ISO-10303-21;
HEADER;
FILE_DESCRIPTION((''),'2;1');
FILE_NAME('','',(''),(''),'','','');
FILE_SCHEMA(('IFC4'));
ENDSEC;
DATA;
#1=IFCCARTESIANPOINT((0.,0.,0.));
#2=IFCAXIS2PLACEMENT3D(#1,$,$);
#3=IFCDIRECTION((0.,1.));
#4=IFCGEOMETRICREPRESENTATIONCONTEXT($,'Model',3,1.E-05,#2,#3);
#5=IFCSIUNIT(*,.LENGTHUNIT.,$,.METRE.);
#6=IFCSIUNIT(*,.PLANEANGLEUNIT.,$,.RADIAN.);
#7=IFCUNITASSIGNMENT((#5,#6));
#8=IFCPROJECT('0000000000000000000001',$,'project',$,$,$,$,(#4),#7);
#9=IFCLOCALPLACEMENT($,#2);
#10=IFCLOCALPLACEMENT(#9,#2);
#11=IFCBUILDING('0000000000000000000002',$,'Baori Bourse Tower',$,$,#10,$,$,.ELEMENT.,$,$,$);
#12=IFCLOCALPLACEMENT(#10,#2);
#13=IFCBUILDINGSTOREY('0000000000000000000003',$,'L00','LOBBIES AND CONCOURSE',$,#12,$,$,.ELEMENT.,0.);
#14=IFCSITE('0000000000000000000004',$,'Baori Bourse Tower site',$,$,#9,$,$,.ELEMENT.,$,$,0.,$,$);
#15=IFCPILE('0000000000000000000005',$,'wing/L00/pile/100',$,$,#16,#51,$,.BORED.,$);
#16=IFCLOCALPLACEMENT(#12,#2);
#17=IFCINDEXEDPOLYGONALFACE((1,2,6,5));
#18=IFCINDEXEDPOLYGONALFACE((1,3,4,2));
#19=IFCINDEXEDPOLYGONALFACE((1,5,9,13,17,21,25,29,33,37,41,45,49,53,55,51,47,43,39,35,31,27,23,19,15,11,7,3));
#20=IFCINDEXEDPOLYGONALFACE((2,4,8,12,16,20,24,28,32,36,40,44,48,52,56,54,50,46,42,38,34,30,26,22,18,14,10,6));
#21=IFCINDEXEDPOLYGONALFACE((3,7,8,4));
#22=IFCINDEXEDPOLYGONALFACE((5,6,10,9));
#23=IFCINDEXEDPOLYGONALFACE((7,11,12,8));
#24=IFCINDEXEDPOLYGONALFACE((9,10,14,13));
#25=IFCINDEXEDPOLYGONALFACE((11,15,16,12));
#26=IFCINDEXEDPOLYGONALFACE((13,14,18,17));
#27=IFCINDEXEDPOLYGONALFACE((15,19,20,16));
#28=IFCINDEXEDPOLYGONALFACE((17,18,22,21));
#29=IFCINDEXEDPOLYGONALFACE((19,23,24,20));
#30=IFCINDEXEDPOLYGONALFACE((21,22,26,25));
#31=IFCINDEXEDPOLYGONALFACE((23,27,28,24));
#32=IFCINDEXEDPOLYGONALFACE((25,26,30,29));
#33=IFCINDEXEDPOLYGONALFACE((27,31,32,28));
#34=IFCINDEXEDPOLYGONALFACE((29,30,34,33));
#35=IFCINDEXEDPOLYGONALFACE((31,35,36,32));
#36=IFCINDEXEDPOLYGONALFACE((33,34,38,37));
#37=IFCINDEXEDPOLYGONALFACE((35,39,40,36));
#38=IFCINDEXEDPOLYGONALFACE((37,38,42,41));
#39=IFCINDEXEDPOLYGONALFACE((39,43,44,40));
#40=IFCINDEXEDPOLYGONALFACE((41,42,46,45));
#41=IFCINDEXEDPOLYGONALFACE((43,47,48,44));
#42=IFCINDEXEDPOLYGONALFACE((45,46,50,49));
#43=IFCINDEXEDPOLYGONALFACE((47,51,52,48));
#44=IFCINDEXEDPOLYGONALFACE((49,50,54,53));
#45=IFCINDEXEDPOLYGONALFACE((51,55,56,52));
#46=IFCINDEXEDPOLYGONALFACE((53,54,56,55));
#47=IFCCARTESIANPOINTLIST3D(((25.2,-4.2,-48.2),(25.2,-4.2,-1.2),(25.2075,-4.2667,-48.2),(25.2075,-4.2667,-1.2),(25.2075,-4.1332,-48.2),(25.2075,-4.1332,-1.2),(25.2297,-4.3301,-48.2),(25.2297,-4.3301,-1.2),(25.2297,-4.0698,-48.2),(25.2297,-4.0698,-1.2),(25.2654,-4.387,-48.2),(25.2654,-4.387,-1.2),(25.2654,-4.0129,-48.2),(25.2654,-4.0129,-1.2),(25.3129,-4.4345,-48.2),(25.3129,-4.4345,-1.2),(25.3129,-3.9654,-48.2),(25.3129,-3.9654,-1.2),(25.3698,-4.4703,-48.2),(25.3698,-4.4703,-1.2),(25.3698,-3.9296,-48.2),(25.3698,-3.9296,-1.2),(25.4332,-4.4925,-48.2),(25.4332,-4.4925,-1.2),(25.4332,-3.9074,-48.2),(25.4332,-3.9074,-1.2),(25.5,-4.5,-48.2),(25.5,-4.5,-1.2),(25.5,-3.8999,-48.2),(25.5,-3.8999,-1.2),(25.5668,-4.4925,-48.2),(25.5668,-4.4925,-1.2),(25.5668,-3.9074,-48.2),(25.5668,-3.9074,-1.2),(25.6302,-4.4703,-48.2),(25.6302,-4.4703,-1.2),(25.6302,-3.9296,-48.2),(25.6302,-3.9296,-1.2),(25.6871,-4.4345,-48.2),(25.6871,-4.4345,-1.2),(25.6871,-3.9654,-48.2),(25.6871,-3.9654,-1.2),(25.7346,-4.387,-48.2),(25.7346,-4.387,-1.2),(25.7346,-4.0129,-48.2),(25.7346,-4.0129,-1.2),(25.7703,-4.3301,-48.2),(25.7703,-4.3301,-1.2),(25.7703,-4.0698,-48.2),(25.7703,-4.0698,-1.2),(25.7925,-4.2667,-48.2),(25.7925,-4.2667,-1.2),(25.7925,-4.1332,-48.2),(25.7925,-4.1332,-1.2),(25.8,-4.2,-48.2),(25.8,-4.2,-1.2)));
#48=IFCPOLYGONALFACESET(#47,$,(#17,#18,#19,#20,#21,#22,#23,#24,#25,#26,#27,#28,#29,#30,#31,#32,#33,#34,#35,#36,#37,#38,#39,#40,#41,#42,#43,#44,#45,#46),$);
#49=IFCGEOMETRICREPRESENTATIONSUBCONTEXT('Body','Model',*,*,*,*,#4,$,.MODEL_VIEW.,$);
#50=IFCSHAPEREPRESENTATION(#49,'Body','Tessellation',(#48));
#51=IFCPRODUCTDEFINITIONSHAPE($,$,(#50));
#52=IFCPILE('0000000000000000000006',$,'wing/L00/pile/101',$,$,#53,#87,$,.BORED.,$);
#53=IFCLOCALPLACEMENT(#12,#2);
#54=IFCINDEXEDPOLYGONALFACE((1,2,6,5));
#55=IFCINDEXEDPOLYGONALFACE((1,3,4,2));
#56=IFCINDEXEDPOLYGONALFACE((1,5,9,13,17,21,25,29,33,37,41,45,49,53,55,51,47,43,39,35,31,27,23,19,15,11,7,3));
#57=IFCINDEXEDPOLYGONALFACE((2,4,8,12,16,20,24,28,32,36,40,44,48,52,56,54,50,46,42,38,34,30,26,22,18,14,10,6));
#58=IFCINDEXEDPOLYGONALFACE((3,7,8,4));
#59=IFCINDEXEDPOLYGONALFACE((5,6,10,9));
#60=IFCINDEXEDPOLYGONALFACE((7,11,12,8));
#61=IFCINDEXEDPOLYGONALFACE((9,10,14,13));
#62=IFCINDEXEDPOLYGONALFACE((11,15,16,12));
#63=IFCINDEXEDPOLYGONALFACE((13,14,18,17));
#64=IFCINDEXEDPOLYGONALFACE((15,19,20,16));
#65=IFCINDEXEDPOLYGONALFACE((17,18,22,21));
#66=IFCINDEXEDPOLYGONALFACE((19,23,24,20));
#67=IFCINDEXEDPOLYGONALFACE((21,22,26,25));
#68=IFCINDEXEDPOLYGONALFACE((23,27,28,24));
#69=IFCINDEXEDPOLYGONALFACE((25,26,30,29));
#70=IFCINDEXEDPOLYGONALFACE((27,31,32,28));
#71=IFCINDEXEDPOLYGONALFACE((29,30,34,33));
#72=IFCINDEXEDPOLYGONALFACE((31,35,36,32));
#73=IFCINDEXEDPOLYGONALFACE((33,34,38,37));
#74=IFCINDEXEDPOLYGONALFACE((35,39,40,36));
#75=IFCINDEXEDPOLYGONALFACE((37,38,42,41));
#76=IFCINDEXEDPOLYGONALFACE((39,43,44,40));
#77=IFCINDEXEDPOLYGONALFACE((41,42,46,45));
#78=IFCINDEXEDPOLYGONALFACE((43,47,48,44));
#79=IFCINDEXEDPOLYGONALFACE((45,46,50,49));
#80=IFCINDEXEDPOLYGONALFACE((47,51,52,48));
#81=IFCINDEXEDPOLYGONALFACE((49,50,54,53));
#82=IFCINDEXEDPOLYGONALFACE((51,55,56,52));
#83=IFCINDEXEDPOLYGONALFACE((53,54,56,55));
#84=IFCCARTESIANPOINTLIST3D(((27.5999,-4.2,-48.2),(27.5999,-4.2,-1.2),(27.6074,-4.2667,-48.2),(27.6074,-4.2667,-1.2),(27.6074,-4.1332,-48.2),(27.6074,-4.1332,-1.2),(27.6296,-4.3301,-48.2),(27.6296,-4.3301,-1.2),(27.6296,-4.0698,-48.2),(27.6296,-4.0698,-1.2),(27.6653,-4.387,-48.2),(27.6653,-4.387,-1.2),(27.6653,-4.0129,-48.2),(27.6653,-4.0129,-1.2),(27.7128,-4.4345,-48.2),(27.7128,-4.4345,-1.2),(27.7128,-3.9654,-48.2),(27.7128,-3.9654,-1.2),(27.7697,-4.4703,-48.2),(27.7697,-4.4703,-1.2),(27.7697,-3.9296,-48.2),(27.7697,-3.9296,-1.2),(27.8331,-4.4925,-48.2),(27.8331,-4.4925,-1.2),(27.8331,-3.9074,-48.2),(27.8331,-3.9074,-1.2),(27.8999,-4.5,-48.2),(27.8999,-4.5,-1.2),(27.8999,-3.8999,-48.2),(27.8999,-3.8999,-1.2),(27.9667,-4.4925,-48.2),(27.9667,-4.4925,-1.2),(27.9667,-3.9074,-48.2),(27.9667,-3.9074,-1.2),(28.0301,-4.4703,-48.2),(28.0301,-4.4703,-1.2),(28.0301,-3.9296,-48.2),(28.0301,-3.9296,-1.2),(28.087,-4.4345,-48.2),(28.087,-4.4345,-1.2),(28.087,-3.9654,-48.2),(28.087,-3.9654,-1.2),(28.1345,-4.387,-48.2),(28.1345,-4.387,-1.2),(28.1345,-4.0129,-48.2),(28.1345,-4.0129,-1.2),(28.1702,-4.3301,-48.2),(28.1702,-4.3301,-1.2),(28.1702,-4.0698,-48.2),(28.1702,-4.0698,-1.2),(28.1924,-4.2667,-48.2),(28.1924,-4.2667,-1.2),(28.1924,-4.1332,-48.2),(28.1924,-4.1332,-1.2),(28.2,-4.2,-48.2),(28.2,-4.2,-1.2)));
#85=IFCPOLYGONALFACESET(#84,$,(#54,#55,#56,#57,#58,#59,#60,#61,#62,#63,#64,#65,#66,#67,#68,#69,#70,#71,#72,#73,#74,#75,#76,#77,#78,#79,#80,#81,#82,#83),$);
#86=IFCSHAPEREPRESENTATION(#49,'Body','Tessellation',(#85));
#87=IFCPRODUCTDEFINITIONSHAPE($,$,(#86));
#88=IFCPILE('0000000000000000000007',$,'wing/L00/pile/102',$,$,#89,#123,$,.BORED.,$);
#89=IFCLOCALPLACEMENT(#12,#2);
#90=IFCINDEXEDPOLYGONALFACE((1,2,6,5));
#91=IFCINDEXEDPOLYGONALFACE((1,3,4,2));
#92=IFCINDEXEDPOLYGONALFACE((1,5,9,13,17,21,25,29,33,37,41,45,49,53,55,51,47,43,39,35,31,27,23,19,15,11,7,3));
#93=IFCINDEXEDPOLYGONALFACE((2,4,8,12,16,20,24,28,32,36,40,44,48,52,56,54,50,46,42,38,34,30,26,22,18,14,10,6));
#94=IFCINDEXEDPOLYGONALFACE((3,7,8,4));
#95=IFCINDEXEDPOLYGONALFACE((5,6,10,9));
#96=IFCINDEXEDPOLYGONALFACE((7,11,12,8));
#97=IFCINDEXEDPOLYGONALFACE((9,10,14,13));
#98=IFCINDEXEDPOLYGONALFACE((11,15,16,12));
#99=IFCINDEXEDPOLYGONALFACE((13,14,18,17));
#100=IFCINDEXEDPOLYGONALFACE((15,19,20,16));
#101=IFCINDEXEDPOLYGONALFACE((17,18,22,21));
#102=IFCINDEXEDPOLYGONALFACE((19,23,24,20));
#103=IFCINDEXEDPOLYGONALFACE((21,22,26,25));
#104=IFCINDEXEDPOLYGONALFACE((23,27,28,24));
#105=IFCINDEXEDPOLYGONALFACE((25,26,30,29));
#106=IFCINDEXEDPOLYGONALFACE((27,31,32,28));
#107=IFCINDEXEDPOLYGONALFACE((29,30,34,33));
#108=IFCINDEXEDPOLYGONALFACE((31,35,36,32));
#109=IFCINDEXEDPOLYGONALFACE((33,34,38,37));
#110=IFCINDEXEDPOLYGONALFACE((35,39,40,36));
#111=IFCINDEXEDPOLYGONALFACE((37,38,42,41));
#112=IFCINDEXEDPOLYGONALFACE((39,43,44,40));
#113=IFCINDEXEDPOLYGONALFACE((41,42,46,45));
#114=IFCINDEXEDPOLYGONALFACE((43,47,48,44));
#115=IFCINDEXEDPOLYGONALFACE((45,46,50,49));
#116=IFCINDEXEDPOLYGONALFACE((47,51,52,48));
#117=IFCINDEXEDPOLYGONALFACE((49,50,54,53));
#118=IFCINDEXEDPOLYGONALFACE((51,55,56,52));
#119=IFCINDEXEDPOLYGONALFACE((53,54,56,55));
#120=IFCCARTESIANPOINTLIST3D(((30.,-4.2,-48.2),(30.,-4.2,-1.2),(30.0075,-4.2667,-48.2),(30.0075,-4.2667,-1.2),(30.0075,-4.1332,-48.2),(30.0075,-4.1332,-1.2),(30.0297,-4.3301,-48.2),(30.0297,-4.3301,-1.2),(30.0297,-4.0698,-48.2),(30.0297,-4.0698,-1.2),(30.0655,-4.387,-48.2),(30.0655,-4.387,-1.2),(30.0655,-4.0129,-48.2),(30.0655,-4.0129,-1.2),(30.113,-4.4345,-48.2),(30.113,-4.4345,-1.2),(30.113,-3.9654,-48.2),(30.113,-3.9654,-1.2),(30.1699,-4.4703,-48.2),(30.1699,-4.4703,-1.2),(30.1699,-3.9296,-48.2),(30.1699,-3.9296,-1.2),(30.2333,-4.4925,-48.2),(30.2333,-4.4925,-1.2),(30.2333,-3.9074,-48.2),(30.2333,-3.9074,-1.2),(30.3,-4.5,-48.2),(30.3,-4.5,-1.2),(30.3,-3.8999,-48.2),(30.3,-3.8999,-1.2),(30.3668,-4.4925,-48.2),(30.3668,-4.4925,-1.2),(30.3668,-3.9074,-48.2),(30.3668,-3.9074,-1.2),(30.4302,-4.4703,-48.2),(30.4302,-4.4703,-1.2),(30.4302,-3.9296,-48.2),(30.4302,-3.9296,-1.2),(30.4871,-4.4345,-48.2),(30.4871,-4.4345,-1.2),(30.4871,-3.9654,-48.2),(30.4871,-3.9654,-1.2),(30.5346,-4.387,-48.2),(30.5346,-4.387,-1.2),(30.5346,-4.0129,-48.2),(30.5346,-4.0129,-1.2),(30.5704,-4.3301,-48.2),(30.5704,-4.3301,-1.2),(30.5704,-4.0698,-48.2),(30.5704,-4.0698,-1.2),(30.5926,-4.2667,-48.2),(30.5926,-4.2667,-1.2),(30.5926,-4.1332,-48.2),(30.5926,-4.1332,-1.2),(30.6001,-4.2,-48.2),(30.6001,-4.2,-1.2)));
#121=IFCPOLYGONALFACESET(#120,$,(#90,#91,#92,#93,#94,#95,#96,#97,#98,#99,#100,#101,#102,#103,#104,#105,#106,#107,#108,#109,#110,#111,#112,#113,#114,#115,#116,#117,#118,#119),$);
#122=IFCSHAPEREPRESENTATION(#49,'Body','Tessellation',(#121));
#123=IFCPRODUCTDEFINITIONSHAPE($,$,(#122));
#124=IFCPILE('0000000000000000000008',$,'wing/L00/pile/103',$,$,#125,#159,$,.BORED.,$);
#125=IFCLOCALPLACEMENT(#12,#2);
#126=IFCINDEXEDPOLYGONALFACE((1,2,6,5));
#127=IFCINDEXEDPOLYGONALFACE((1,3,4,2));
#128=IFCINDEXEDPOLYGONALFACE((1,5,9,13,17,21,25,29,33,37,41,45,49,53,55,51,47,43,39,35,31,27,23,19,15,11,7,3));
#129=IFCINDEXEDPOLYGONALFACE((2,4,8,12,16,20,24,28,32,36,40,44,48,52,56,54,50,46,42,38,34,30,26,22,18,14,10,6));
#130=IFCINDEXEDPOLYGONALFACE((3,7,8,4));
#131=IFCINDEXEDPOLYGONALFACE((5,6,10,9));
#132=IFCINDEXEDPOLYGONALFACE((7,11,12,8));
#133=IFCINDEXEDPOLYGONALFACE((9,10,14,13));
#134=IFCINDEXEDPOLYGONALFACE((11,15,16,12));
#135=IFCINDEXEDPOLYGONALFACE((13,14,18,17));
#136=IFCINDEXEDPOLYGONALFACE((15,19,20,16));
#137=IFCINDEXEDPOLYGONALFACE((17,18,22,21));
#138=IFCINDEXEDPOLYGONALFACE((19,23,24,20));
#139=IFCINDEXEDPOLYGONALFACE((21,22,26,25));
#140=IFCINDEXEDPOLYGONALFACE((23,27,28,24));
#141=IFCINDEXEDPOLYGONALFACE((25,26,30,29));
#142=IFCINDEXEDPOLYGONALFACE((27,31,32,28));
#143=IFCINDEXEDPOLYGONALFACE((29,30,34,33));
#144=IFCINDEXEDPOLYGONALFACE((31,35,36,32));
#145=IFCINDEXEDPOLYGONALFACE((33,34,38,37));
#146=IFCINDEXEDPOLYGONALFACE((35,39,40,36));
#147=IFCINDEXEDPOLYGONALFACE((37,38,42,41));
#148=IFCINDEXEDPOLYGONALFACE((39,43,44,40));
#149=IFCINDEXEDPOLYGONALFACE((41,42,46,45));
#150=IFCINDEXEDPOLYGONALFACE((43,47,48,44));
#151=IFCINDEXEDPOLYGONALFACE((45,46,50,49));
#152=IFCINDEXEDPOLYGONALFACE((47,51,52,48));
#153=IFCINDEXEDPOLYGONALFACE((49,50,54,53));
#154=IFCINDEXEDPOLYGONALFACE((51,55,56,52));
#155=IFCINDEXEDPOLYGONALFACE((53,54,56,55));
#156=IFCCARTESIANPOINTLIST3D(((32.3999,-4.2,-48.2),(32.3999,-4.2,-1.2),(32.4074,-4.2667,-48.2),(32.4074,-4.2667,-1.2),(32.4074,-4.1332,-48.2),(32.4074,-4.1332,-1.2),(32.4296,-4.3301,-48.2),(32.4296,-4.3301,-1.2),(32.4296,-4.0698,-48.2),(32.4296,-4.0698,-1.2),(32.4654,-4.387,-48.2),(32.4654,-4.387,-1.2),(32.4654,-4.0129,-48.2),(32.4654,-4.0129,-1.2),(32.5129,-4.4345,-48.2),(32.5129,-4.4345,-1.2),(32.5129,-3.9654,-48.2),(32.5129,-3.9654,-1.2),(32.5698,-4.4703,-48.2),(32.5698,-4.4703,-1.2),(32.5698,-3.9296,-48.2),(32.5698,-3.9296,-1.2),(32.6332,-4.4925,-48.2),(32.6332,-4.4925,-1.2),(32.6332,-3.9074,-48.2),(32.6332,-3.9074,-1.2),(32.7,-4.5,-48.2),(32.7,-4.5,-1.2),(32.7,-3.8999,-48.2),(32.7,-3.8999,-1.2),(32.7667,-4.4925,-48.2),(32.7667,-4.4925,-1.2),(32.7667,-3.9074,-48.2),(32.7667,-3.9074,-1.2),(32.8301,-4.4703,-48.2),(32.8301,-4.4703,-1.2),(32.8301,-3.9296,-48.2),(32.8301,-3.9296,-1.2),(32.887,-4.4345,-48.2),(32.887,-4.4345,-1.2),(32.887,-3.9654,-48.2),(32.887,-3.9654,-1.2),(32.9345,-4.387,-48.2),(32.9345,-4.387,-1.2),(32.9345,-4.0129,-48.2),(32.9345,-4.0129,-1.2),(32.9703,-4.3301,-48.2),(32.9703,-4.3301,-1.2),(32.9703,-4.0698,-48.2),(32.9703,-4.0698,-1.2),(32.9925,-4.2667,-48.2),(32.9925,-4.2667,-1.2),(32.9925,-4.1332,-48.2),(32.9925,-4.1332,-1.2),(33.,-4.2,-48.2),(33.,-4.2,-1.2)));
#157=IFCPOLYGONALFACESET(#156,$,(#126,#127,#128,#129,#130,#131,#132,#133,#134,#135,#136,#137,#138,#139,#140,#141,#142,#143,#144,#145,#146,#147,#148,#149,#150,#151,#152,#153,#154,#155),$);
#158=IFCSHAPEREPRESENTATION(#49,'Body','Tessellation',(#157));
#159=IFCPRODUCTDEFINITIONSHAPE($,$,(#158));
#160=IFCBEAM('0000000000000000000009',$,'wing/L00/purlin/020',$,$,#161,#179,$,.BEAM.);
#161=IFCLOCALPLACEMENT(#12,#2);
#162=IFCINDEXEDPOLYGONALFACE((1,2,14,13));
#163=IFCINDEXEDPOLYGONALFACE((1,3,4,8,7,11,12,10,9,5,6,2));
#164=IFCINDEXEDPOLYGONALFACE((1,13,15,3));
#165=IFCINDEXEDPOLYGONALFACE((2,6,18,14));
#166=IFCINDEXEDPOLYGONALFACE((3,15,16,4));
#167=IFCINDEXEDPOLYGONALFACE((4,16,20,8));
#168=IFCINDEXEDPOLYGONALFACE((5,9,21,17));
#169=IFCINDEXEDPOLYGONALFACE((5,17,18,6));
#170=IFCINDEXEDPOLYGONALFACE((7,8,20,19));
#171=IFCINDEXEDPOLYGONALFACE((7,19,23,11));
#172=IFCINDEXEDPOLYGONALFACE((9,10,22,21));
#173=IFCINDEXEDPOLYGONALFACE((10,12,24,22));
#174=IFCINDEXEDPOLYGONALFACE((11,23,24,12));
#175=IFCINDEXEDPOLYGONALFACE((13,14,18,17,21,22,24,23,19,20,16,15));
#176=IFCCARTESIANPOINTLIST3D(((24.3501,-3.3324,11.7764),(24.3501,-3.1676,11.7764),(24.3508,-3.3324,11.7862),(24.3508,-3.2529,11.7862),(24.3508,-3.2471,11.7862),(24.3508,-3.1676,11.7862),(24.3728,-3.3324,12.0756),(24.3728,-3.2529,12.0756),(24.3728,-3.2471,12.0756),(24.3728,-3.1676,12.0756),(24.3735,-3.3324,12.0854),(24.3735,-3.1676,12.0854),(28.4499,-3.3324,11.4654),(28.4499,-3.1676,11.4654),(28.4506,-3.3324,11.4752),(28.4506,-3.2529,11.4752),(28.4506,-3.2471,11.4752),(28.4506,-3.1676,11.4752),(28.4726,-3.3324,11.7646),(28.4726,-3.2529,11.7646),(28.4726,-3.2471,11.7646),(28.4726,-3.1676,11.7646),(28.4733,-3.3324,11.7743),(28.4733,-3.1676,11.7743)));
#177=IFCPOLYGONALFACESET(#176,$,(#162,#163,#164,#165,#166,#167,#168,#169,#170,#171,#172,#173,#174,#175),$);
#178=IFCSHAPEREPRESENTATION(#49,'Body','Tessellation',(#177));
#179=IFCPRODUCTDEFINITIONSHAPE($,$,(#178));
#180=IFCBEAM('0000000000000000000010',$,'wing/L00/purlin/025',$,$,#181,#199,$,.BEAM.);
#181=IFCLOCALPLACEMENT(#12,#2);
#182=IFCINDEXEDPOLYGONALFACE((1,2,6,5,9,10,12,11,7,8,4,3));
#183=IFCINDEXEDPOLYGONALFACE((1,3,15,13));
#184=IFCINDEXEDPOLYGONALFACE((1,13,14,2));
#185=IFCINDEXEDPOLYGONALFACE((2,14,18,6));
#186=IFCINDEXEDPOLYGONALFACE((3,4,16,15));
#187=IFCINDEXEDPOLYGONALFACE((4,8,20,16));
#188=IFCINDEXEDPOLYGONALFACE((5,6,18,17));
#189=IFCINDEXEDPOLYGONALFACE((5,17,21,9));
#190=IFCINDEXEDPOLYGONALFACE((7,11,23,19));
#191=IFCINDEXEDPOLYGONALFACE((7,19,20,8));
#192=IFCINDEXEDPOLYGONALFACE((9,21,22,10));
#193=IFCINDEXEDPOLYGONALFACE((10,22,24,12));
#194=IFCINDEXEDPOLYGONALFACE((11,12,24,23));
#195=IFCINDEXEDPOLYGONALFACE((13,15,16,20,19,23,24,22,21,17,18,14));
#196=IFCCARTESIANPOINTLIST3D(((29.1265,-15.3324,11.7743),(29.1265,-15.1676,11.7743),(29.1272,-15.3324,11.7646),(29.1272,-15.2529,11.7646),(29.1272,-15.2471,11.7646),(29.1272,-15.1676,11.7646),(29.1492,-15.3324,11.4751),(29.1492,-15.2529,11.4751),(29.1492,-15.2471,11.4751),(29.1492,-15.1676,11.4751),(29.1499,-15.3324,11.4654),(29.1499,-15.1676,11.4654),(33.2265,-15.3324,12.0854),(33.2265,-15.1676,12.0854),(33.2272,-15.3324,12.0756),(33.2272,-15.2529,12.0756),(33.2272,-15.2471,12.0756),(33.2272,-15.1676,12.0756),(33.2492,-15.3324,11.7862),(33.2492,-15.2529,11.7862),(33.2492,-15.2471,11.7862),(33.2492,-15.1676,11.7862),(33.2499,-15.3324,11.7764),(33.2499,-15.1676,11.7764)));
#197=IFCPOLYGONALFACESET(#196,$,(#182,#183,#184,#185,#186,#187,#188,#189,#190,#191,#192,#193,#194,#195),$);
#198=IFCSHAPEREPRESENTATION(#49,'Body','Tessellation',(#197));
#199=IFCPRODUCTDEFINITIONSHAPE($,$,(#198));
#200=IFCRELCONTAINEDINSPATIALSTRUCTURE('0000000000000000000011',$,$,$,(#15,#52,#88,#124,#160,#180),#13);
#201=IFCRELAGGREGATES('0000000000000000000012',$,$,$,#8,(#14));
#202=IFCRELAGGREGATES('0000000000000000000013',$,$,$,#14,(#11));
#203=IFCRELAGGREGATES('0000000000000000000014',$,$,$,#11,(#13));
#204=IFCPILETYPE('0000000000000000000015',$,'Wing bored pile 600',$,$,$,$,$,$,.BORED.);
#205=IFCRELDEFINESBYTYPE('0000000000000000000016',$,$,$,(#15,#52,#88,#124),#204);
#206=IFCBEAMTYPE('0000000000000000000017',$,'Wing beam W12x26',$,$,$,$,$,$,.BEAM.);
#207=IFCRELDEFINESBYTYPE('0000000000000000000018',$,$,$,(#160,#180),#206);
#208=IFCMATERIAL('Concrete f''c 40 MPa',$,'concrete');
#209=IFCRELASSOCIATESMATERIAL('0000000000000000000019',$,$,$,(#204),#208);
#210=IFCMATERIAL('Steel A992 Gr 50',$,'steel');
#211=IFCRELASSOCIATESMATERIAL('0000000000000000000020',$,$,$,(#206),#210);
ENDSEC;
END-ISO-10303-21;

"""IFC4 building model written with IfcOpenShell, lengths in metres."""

from ifc_helpers import new_model, si_unit, direction, frame, origin, origin_2d, place, context, subcontext, project, spatial, circle, i_section, extrude, material, material_profile, profile_set, type_object, element, save


model = new_model("IFC4")

# Units and contexts
model_context = context("Model", 3, precision=1e-05, world=origin(), true_north=direction((0.0, 1.0)))
body_context = subcontext(model_context, "Body", "Model", "MODEL_VIEW")
ifc_project = project(units=[si_unit("LENGTHUNIT", "METRE"), si_unit("PLANEANGLEUNIT", "RADIAN")], contexts=[model_context])

# Site, building, storey
site_placement = place(None, origin())
site = spatial("IfcSite", under=ifc_project, at=site_placement, Name="Baori Bourse Tower site", CompositionType="ELEMENT", RefElevation=0.0)
building_placement = place(site_placement, origin())
building = spatial("IfcBuilding", under=site, at=building_placement, Name="Baori Bourse Tower", CompositionType="ELEMENT")
storey_placement = place(building_placement, origin())
storey = spatial("IfcBuildingStorey", under=building, at=storey_placement, Name="L00", Description="LOBBIES AND CONCOURSE", CompositionType="ELEMENT", Elevation=0.0)

# Piles
ifc_material_1 = material(Name="Concrete f'c 40 MPa", Category="concrete")
ifc_material_profile_1 = material_profile(ifc_material_1, circle(Radius=0.3, at=origin_2d()), Name="Wing bored pile 600")
ifc_profile_set_1 = profile_set([ifc_material_profile_1], Name="Concrete f'c 40 MPa")
pile_type = type_object("IfcPileType", Name="Wing bored pile 600", PredefinedType="BORED", material=ifc_profile_set_1)
for number, where, z_axis, x_axis, name in (
    (1, (25.5, -4.2, -1.2), (0.0, 0.0, -1.0), (1.0, 0.0, 0.0), "wing/L00/pile/100"),
    (2, (27.8999, -4.2, -1.2), (0.0, 0.0, -1.0), (1.0, 0.0, 0.0), "wing/L00/pile/101"),
    (3, (30.3, -4.2, -1.2), (0.0, 0.0, -1.0), (1.0, 0.0, 0.0), "wing/L00/pile/102"),
    (4, (32.7, -4.2, -1.2), (0.0, 0.0, -1.0), (1.0, 0.0, 0.0), "wing/L00/pile/103"),
):
    element("IfcPile", number, at=place(storey_placement, frame(where, z_axis=z_axis, x_axis=x_axis)), inside=storey, type_object=pile_type, Name=name, PredefinedType="BORED", context=body_context, shape_type="SweptSolid", body=[
        extrude(circle(Radius=0.3, at=origin_2d()), origin(), (0.0, 0.0, 1.0), 47.0),
    ])

# Beams
ifc_material_2 = material(Name="Steel A992 Gr 50", Category="steel")
ifc_material_profile_2 = material_profile(ifc_material_2, i_section(OverallWidth=0.1648, OverallDepth=0.3098, WebThickness=0.0059, FlangeThickness=0.0098, at=origin_2d()), Name="W12x26")
ifc_profile_set_2 = profile_set([ifc_material_profile_2], Name="Steel A992 Gr 50")
beam_type = type_object("IfcBeamType", Name="Wing beam W12x26", PredefinedType="BEAM", material=ifc_profile_set_2)
beam_placement = place(storey_placement, frame((24.3618, -3.25, 11.9309), z_axis=(0.997135, 0.0, -0.075648), x_axis=(0.0, 1.0, 0.0)))
element("IfcBeam", 5, at=beam_placement, inside=storey, type_object=beam_type, Name="wing/L00/purlin/020", PredefinedType="BEAM", context=body_context, shape_type="SweptSolid", body=[
    extrude(i_section(OverallWidth=0.1648, OverallDepth=0.3098, WebThickness=0.0059, FlangeThickness=0.0098, at=origin_2d()), origin(), (0.0, 0.0, 1.0), 4.1116),
])
for number, where, z_axis, x_axis, name in (
    (6, (29.1382, -15.25, 11.6199), (0.997135, 0.0, 0.075643), (0.0, 1.0, 0.0), "wing/L00/purlin/025"),
):
    element("IfcBeam", number, at=place(storey_placement, frame(where, z_axis=z_axis, x_axis=x_axis)), inside=storey, type_object=beam_type, Name=name, PredefinedType="BEAM", context=body_context, shape_type="SweptSolid", body=[
        extrude(i_section(OverallWidth=0.1648, OverallDepth=0.3098, WebThickness=0.0059, FlangeThickness=0.0098, at=origin_2d()), origin(), (0.0, 0.0, 1.0), 4.1118),
    ])

save(model, "model.ifc")
